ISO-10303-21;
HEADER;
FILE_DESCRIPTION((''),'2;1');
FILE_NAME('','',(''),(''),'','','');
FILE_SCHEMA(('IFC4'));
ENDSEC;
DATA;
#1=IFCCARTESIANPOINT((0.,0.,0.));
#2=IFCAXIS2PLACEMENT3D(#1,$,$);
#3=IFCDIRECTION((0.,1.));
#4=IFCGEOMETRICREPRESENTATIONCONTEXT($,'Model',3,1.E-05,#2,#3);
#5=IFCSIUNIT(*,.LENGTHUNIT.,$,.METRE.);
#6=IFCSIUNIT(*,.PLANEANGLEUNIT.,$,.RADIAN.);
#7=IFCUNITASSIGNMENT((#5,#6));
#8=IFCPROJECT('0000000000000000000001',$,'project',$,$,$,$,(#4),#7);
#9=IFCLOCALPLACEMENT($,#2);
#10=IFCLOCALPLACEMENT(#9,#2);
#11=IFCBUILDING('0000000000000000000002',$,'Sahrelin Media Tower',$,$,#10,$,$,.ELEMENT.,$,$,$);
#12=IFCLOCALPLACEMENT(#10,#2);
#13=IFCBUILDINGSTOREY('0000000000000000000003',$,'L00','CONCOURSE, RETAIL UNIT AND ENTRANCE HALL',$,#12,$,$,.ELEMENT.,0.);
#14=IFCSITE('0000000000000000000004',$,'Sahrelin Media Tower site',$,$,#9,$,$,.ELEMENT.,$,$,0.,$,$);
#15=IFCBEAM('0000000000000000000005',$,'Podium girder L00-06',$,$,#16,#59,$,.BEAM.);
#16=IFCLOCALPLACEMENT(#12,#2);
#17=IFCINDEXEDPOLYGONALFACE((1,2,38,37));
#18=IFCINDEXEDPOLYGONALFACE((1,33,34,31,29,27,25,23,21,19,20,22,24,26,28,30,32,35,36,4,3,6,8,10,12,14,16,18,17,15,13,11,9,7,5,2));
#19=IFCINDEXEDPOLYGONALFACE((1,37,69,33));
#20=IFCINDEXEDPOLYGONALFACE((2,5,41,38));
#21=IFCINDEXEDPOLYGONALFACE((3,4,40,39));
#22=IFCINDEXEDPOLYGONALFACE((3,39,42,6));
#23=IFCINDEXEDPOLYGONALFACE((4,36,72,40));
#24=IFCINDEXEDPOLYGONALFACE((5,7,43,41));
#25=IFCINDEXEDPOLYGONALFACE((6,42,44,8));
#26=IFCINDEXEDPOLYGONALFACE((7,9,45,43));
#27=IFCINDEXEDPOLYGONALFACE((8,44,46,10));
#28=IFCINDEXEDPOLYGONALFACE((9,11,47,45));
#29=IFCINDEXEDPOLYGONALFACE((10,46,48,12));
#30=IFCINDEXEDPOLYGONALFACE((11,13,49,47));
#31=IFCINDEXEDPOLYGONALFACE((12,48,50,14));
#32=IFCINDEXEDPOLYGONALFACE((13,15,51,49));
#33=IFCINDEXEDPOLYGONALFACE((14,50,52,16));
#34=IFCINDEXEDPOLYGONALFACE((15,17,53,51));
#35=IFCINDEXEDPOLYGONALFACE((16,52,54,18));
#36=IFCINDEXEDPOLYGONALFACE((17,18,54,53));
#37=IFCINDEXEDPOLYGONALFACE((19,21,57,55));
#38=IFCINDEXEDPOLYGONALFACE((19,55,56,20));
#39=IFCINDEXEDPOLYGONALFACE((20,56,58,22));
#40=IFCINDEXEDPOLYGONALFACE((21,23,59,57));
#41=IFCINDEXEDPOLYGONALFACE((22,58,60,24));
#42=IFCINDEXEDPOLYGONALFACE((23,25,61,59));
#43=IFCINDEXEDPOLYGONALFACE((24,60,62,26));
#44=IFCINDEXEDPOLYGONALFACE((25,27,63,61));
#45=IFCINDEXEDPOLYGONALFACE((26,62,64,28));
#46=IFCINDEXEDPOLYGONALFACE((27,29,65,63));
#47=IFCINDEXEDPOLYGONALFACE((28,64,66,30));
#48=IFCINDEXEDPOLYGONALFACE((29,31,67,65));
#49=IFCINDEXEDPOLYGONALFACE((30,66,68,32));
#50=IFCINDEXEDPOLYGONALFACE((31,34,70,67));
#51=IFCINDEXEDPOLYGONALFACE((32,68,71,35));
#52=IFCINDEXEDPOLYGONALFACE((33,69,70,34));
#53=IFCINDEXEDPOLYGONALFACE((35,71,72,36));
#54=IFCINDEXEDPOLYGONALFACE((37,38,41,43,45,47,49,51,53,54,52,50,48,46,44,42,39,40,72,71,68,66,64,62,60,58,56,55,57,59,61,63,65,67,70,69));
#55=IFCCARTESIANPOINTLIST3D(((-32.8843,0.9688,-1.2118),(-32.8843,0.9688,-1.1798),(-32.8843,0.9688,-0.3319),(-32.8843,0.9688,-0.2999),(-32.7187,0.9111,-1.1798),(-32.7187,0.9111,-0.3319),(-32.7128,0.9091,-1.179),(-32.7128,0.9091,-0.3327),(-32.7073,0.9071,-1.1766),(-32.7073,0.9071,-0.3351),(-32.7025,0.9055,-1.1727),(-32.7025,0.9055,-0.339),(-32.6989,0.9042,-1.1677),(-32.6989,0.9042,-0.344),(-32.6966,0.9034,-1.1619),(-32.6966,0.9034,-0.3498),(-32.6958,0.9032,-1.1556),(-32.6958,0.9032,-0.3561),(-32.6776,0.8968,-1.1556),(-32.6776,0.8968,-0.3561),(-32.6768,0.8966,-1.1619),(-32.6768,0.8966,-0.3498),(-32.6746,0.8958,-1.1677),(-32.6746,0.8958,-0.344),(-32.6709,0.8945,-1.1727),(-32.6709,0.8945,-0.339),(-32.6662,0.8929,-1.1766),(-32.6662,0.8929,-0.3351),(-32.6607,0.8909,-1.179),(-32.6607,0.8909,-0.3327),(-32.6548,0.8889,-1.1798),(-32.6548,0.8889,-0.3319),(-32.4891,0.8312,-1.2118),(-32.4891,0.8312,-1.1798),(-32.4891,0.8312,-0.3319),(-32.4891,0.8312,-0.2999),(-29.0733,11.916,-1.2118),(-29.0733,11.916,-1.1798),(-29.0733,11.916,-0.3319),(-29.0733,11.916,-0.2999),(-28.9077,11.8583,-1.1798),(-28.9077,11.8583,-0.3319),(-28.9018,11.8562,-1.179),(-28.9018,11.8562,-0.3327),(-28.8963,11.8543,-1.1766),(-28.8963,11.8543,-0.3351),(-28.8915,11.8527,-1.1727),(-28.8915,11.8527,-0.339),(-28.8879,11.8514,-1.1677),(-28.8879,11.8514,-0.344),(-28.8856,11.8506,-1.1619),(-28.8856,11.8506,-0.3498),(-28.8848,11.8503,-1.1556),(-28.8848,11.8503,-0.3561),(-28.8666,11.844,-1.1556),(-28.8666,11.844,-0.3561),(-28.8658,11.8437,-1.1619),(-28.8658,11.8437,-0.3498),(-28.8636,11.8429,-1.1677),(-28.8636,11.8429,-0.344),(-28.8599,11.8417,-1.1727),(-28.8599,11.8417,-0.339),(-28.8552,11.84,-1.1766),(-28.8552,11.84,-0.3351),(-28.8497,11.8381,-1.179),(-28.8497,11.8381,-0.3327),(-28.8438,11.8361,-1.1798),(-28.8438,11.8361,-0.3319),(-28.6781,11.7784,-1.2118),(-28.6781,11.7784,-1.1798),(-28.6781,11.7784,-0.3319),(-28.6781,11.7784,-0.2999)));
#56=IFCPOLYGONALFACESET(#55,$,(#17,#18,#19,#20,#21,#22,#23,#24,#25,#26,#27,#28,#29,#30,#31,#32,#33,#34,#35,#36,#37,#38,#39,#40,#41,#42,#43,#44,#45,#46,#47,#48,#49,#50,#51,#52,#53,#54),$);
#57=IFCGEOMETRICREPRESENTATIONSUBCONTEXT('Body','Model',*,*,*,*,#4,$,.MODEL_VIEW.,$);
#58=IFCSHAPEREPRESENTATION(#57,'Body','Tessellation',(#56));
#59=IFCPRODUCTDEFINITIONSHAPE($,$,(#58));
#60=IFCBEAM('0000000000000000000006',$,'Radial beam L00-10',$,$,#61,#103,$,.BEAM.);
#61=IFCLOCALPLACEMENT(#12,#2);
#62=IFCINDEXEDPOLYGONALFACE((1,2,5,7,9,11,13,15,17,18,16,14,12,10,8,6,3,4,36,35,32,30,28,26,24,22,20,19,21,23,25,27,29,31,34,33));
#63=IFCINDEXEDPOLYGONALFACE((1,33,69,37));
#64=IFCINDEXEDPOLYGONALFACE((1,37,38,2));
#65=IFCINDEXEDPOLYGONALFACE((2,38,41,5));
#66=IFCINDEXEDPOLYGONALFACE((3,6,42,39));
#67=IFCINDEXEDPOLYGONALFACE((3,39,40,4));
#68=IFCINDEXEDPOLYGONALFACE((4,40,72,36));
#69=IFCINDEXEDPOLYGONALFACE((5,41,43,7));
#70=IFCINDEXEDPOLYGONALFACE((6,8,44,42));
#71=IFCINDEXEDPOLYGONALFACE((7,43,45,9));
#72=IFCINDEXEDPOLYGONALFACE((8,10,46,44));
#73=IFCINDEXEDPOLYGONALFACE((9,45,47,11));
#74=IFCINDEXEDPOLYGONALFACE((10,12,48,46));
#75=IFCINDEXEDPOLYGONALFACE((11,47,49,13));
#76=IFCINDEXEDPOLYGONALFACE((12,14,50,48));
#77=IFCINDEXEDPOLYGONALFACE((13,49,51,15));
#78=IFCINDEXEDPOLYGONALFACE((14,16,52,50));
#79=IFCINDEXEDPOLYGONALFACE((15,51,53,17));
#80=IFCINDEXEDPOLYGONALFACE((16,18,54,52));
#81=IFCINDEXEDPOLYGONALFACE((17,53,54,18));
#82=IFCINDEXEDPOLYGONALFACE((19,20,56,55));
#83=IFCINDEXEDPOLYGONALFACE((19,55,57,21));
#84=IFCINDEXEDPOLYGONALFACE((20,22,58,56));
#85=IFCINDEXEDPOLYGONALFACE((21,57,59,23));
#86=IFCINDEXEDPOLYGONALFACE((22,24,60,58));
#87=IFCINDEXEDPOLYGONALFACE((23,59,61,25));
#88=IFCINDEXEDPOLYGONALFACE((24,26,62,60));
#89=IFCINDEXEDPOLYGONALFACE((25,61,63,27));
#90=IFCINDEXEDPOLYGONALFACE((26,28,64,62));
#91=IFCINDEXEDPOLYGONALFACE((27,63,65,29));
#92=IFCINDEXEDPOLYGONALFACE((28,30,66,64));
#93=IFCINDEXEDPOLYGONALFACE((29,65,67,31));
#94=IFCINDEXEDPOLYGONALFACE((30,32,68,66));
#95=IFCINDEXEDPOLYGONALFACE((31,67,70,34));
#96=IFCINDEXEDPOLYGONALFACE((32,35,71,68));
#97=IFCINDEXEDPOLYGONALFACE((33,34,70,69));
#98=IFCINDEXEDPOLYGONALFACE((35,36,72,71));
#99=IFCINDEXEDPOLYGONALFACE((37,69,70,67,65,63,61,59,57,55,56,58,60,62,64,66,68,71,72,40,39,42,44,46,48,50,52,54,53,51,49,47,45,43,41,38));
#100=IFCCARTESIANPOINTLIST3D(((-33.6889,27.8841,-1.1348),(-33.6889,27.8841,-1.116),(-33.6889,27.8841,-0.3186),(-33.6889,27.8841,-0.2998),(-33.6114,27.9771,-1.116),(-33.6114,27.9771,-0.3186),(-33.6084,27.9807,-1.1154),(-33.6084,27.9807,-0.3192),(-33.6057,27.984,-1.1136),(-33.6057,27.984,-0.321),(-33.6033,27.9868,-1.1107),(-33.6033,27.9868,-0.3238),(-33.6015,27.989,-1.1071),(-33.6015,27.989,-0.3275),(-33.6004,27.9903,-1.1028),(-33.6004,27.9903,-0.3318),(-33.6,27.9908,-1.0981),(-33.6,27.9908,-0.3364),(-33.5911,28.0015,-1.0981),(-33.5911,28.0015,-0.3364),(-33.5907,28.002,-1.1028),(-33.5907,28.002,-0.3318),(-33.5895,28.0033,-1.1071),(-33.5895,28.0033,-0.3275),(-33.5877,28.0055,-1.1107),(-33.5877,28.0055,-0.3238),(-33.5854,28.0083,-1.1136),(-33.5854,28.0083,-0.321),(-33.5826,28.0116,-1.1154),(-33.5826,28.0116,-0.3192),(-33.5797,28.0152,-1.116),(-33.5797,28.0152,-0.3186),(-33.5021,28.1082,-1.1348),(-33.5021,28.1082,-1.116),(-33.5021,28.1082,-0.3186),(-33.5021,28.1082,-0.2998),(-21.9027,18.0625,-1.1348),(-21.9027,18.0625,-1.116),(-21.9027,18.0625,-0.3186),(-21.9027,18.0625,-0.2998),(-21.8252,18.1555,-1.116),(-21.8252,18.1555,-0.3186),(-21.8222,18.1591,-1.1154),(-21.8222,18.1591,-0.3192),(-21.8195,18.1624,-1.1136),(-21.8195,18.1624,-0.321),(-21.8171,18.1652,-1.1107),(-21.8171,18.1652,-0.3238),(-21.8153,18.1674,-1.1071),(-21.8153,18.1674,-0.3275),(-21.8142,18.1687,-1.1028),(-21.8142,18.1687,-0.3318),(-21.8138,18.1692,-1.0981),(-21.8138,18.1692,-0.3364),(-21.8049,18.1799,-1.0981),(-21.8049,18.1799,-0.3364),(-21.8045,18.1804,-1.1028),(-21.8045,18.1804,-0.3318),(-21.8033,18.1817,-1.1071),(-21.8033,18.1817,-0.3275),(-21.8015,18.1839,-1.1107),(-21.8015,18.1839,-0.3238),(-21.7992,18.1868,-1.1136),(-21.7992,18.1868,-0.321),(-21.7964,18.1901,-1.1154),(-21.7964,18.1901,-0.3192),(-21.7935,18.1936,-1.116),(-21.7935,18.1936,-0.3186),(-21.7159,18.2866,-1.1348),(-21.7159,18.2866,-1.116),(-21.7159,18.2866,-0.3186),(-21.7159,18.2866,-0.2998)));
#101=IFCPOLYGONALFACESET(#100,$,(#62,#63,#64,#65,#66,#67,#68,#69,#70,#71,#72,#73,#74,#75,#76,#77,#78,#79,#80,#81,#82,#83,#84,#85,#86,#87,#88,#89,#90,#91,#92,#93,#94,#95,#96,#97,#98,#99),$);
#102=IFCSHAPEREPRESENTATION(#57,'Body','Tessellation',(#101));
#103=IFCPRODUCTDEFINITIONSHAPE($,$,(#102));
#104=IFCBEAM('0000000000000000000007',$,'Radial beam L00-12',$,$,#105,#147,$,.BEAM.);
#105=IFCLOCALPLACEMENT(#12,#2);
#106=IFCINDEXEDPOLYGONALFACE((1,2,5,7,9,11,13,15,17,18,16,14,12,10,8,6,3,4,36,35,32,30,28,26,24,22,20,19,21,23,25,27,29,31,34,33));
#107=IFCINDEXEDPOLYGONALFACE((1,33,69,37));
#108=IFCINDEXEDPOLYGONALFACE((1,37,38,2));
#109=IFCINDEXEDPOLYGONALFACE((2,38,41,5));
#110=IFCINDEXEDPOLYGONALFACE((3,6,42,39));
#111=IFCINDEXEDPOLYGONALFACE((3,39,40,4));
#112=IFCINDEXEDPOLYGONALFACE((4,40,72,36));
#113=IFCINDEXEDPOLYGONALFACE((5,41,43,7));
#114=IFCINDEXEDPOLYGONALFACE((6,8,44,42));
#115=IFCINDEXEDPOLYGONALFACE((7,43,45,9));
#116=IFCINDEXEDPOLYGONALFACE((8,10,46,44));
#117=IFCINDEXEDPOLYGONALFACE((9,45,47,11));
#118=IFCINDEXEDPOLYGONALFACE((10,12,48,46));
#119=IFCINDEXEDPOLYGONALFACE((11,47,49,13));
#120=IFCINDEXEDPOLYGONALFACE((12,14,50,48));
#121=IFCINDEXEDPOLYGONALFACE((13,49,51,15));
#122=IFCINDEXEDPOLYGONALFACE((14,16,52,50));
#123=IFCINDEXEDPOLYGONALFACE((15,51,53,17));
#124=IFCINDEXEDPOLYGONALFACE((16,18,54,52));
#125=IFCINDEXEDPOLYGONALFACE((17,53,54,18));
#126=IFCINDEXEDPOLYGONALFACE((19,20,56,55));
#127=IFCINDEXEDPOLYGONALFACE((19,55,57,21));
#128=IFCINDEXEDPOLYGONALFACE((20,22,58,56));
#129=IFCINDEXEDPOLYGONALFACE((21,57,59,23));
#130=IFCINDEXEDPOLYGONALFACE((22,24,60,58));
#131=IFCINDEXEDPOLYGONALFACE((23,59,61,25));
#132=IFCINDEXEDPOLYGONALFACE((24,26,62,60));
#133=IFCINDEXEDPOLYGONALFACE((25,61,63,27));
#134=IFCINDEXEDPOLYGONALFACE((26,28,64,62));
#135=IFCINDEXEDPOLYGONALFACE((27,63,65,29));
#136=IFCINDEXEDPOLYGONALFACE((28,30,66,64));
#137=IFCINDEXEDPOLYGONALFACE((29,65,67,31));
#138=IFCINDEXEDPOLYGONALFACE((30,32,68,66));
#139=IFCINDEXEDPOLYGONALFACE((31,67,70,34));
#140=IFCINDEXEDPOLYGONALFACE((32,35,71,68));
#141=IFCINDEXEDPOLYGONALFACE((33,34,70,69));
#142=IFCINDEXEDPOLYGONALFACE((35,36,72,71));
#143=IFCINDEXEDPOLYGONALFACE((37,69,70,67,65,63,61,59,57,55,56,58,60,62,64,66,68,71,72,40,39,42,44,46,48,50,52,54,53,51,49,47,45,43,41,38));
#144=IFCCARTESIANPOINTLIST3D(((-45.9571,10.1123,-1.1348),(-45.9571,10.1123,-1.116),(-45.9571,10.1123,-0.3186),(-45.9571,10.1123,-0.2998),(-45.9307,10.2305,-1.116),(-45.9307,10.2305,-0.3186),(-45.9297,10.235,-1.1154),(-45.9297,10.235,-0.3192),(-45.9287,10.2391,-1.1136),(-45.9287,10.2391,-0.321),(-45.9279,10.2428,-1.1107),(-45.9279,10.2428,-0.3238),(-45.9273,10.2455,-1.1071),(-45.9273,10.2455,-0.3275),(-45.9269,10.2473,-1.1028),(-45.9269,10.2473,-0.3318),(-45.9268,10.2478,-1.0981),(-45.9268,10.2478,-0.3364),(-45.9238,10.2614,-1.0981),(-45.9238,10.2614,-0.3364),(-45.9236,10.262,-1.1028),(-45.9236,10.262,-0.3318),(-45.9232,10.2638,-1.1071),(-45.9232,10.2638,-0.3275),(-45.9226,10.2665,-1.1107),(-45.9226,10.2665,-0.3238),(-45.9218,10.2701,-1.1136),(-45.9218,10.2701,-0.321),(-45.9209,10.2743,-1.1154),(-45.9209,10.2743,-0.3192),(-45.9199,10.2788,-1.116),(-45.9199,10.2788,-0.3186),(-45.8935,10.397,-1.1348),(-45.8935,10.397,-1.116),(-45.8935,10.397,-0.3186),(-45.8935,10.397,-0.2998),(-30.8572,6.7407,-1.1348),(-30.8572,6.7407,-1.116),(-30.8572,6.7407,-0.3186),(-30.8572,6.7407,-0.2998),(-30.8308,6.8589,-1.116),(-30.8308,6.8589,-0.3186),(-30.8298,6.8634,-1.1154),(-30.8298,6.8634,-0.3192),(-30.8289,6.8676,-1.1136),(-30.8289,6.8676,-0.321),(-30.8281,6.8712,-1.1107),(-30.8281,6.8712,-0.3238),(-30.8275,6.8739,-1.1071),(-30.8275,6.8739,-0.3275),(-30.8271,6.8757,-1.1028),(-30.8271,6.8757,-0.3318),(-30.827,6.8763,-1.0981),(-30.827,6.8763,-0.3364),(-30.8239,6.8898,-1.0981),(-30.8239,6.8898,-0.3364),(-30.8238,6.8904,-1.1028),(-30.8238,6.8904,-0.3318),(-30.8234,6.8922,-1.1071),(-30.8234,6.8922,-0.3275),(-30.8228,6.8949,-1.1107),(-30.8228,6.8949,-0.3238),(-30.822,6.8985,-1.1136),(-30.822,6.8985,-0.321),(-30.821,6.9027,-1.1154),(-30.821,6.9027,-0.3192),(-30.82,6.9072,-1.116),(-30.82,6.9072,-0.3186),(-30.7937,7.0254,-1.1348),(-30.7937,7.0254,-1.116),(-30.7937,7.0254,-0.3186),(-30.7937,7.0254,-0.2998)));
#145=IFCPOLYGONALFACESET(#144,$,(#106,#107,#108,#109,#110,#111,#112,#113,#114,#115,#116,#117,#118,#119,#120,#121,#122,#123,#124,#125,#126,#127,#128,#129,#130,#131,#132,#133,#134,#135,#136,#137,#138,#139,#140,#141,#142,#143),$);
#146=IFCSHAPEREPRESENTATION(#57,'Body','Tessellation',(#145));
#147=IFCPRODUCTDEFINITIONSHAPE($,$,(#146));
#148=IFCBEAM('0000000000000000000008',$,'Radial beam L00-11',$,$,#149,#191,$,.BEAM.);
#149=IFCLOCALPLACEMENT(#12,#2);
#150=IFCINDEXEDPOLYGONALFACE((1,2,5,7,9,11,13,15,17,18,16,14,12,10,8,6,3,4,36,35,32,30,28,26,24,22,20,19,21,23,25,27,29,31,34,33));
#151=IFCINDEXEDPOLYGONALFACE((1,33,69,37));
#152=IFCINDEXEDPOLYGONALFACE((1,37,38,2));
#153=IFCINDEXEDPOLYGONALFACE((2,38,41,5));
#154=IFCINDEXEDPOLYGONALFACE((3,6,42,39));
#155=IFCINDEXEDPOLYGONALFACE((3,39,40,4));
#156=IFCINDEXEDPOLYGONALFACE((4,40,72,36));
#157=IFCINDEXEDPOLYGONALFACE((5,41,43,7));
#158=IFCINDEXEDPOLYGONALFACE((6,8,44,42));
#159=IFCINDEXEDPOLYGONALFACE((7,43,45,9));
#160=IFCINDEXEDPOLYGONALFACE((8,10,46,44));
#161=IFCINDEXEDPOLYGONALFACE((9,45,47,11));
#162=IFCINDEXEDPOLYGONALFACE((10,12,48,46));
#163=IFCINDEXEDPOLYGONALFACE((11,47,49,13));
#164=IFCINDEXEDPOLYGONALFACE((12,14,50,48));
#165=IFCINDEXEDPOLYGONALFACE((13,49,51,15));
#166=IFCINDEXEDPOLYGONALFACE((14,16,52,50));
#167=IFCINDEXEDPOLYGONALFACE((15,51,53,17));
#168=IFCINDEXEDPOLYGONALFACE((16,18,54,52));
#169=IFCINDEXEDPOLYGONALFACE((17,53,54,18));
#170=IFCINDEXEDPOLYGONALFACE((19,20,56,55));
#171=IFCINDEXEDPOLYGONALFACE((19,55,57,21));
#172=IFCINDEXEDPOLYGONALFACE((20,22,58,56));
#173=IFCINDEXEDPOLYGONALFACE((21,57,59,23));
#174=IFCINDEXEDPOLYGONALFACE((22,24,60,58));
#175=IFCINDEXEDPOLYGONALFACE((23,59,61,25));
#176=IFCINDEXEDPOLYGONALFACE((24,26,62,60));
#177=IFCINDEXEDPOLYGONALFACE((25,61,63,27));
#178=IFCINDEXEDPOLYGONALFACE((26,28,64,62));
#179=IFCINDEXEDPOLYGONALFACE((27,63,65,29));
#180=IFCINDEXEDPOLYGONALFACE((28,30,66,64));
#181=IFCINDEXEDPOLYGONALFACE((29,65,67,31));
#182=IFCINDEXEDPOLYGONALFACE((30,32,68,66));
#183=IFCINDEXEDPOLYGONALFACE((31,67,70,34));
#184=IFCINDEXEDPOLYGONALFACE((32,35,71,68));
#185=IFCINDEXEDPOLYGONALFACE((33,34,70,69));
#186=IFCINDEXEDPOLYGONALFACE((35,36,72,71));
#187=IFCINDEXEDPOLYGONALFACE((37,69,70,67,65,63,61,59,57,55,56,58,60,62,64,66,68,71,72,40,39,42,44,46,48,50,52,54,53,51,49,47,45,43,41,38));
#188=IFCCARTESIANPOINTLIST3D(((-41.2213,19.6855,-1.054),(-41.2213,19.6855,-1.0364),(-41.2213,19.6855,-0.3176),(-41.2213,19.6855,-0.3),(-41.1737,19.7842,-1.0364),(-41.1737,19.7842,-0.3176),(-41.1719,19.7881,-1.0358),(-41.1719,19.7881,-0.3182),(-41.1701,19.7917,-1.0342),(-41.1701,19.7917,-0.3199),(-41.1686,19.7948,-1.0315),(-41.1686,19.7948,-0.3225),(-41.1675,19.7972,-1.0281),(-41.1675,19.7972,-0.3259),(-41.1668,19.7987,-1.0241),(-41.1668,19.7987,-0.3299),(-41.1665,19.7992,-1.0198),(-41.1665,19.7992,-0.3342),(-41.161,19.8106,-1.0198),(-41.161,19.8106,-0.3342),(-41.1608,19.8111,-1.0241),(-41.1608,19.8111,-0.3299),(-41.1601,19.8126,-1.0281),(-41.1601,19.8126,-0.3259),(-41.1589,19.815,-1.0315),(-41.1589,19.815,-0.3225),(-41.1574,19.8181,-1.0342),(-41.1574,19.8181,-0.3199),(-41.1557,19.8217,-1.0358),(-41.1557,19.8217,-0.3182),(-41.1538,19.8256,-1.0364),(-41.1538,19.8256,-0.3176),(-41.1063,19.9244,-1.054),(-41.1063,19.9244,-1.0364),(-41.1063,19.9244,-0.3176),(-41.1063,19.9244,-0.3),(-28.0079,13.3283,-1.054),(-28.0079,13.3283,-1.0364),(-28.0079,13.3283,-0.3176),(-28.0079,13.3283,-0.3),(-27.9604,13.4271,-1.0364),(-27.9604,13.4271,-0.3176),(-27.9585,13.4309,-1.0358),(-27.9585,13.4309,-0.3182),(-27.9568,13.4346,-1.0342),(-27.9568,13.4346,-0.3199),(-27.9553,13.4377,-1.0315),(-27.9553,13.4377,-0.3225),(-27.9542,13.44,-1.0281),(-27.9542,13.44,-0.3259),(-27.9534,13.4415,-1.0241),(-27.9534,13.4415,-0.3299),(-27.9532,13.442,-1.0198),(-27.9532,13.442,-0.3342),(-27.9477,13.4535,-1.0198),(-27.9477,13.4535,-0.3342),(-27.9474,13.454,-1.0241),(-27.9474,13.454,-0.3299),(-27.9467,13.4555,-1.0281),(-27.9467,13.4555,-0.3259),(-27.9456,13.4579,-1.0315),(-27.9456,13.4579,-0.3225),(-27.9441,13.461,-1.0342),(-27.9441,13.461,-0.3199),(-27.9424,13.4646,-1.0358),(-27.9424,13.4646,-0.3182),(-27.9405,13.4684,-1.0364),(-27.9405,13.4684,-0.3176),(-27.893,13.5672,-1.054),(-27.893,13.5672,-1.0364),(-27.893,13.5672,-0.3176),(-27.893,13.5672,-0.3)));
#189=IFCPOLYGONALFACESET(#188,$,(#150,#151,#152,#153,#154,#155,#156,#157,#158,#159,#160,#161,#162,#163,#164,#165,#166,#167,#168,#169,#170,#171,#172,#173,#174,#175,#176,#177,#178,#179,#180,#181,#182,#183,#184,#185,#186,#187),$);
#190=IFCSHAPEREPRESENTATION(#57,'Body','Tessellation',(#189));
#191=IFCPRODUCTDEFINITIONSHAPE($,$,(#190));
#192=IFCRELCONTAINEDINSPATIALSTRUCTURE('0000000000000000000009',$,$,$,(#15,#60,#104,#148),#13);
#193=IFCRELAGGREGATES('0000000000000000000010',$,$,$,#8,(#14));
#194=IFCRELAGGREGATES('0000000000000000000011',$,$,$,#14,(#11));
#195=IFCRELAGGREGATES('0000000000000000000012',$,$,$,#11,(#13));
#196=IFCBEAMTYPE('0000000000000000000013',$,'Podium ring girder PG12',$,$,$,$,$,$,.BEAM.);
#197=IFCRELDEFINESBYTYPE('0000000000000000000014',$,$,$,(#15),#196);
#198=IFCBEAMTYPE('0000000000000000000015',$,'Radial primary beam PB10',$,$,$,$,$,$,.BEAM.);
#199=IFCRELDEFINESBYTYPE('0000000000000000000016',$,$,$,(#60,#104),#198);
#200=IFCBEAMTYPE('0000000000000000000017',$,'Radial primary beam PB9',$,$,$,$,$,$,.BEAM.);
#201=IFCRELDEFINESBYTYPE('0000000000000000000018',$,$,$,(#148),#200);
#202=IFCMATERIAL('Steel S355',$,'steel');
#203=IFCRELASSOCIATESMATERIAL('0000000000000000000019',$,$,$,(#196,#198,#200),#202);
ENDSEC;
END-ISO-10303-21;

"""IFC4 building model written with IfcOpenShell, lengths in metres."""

from ifc_helpers import new_model, si_unit, direction, frame, origin, origin_2d, place, context, subcontext, project, spatial, i_section, extrude, material, material_profile, profile_set, type_object, element, save


model = new_model("IFC4")

# Units and contexts
model_context = context("Model", 3, precision=1e-05, world=origin(), true_north=direction((0.0, 1.0)))
body_context = subcontext(model_context, "Body", "Model", "MODEL_VIEW")
ifc_project = project(units=[si_unit("LENGTHUNIT", "METRE"), si_unit("PLANEANGLEUNIT", "RADIAN")], contexts=[model_context])

# Site, building, storey
site_placement = place(None, origin())
site = spatial("IfcSite", under=ifc_project, at=site_placement, Name="Sahrelin Media Tower site", CompositionType="ELEMENT", RefElevation=0.0)
building_placement = place(site_placement, origin())
building = spatial("IfcBuilding", under=site, at=building_placement, Name="Sahrelin Media Tower", CompositionType="ELEMENT")
storey_placement = place(building_placement, origin())
storey = spatial("IfcBuildingStorey", under=building, at=storey_placement, Name="L00", Description="CONCOURSE, RETAIL UNIT AND ENTRANCE HALL", CompositionType="ELEMENT", Elevation=0.0)

# Beams
ifc_material_1 = material(Name="Steel S355", Category="steel")
ifc_material_profile_1 = material_profile(ifc_material_1, i_section(OverallWidth=0.4185, OverallDepth=0.9119, WebThickness=0.0193, FlangeThickness=0.032, FilletRadius=0.0242, at=origin_2d()), Name="UB 914x419x343")
ifc_profile_set_1 = profile_set([ifc_material_profile_1], Name="Steel S355")
beam_type_1 = type_object("IfcBeamType", Name="Podium ring girder PG12", PredefinedType="BEAM", material=ifc_profile_set_1)
beam_1_placement = place(storey_placement, frame((-28.8757, 11.8472, -0.7559), z_axis=(-0.328774, -0.944409, 0.0), x_axis=(0.944409, -0.328774, 0.0)))
element("IfcBeam", 1, at=beam_1_placement, inside=storey, type_object=beam_type_1, Name="Podium girder L00-06", PredefinedType="BEAM", context=body_context, shape_type="SweptSolid", body=[
    extrude(i_section(OverallWidth=0.4185, OverallDepth=0.9119, WebThickness=0.0193, FlangeThickness=0.032, FilletRadius=0.0242, at=origin_2d()), origin(), (0.0, 0.0, 1.0), 11.5916),
])
ifc_material_profile_2 = material_profile(ifc_material_1, i_section(OverallWidth=0.2917, OverallDepth=0.835, WebThickness=0.0139, FlangeThickness=0.0188, FilletRadius=0.0178, at=origin_2d()), Name="UB 838x292x176")
ifc_profile_set_2 = profile_set([ifc_material_profile_2], Name="Steel S355")
beam_type_2 = type_object("IfcBeamType", Name="Radial primary beam PB10", PredefinedType="BEAM", material=ifc_profile_set_2)
beam_2_placement = place(storey_placement, frame((-21.8093, 18.1746, -0.7173), z_axis=(-0.768229, 0.640175, 0.0), x_axis=(-0.640175, -0.768229, 0.0)))
element("IfcBeam", 2, at=beam_2_placement, inside=storey, type_object=beam_type_2, Name="Radial beam L00-10", PredefinedType="BEAM", context=body_context, shape_type="SweptSolid", body=[
    extrude(i_section(OverallWidth=0.2917, OverallDepth=0.835, WebThickness=0.0139, FlangeThickness=0.0188, FilletRadius=0.0178, at=origin_2d()), origin(), (0.0, 0.0, 1.0), 15.342),
])
beam_3_placement = place(storey_placement, frame((-30.8254, 6.8831, -0.7173), z_axis=(-0.975967, 0.217919, 0.0), x_axis=(-0.217919, -0.975967, 0.0)))
element("IfcBeam", 3, at=beam_3_placement, inside=storey, type_object=beam_type_2, Name="Radial beam L00-12", PredefinedType="BEAM", context=body_context, shape_type="SweptSolid", body=[
    extrude(i_section(OverallWidth=0.2917, OverallDepth=0.835, WebThickness=0.0139, FlangeThickness=0.0188, FilletRadius=0.0178, at=origin_2d()), origin(), (0.0, 0.0, 1.0), 15.4717),
])
ifc_material_profile_3 = material_profile(ifc_material_1, i_section(OverallWidth=0.2651, OverallDepth=0.7539, WebThickness=0.0127, FlangeThickness=0.0176, FilletRadius=0.0166, at=origin_2d()), Name="UB 762x267x147")
ifc_profile_set_3 = profile_set([ifc_material_profile_3], Name="Steel S355")
beam_type_3 = type_object("IfcBeamType", Name="Radial primary beam PB9", PredefinedType="BEAM", material=ifc_profile_set_3)
beam_4_placement = place(storey_placement, frame((-27.9504, 13.4478, -0.677), z_axis=(-0.90113, 0.433549, 0.0), x_axis=(-0.433549, -0.90113, 0.0)))
element("IfcBeam", 4, at=beam_4_placement, inside=storey, type_object=beam_type_3, Name="Radial beam L00-11", PredefinedType="BEAM", context=body_context, shape_type="SweptSolid", body=[
    extrude(i_section(OverallWidth=0.2651, OverallDepth=0.7539, WebThickness=0.0127, FlangeThickness=0.0176, FilletRadius=0.0166, at=origin_2d()), origin(), (0.0, 0.0, 1.0), 14.6631),
])

save(model, "model.ifc")
